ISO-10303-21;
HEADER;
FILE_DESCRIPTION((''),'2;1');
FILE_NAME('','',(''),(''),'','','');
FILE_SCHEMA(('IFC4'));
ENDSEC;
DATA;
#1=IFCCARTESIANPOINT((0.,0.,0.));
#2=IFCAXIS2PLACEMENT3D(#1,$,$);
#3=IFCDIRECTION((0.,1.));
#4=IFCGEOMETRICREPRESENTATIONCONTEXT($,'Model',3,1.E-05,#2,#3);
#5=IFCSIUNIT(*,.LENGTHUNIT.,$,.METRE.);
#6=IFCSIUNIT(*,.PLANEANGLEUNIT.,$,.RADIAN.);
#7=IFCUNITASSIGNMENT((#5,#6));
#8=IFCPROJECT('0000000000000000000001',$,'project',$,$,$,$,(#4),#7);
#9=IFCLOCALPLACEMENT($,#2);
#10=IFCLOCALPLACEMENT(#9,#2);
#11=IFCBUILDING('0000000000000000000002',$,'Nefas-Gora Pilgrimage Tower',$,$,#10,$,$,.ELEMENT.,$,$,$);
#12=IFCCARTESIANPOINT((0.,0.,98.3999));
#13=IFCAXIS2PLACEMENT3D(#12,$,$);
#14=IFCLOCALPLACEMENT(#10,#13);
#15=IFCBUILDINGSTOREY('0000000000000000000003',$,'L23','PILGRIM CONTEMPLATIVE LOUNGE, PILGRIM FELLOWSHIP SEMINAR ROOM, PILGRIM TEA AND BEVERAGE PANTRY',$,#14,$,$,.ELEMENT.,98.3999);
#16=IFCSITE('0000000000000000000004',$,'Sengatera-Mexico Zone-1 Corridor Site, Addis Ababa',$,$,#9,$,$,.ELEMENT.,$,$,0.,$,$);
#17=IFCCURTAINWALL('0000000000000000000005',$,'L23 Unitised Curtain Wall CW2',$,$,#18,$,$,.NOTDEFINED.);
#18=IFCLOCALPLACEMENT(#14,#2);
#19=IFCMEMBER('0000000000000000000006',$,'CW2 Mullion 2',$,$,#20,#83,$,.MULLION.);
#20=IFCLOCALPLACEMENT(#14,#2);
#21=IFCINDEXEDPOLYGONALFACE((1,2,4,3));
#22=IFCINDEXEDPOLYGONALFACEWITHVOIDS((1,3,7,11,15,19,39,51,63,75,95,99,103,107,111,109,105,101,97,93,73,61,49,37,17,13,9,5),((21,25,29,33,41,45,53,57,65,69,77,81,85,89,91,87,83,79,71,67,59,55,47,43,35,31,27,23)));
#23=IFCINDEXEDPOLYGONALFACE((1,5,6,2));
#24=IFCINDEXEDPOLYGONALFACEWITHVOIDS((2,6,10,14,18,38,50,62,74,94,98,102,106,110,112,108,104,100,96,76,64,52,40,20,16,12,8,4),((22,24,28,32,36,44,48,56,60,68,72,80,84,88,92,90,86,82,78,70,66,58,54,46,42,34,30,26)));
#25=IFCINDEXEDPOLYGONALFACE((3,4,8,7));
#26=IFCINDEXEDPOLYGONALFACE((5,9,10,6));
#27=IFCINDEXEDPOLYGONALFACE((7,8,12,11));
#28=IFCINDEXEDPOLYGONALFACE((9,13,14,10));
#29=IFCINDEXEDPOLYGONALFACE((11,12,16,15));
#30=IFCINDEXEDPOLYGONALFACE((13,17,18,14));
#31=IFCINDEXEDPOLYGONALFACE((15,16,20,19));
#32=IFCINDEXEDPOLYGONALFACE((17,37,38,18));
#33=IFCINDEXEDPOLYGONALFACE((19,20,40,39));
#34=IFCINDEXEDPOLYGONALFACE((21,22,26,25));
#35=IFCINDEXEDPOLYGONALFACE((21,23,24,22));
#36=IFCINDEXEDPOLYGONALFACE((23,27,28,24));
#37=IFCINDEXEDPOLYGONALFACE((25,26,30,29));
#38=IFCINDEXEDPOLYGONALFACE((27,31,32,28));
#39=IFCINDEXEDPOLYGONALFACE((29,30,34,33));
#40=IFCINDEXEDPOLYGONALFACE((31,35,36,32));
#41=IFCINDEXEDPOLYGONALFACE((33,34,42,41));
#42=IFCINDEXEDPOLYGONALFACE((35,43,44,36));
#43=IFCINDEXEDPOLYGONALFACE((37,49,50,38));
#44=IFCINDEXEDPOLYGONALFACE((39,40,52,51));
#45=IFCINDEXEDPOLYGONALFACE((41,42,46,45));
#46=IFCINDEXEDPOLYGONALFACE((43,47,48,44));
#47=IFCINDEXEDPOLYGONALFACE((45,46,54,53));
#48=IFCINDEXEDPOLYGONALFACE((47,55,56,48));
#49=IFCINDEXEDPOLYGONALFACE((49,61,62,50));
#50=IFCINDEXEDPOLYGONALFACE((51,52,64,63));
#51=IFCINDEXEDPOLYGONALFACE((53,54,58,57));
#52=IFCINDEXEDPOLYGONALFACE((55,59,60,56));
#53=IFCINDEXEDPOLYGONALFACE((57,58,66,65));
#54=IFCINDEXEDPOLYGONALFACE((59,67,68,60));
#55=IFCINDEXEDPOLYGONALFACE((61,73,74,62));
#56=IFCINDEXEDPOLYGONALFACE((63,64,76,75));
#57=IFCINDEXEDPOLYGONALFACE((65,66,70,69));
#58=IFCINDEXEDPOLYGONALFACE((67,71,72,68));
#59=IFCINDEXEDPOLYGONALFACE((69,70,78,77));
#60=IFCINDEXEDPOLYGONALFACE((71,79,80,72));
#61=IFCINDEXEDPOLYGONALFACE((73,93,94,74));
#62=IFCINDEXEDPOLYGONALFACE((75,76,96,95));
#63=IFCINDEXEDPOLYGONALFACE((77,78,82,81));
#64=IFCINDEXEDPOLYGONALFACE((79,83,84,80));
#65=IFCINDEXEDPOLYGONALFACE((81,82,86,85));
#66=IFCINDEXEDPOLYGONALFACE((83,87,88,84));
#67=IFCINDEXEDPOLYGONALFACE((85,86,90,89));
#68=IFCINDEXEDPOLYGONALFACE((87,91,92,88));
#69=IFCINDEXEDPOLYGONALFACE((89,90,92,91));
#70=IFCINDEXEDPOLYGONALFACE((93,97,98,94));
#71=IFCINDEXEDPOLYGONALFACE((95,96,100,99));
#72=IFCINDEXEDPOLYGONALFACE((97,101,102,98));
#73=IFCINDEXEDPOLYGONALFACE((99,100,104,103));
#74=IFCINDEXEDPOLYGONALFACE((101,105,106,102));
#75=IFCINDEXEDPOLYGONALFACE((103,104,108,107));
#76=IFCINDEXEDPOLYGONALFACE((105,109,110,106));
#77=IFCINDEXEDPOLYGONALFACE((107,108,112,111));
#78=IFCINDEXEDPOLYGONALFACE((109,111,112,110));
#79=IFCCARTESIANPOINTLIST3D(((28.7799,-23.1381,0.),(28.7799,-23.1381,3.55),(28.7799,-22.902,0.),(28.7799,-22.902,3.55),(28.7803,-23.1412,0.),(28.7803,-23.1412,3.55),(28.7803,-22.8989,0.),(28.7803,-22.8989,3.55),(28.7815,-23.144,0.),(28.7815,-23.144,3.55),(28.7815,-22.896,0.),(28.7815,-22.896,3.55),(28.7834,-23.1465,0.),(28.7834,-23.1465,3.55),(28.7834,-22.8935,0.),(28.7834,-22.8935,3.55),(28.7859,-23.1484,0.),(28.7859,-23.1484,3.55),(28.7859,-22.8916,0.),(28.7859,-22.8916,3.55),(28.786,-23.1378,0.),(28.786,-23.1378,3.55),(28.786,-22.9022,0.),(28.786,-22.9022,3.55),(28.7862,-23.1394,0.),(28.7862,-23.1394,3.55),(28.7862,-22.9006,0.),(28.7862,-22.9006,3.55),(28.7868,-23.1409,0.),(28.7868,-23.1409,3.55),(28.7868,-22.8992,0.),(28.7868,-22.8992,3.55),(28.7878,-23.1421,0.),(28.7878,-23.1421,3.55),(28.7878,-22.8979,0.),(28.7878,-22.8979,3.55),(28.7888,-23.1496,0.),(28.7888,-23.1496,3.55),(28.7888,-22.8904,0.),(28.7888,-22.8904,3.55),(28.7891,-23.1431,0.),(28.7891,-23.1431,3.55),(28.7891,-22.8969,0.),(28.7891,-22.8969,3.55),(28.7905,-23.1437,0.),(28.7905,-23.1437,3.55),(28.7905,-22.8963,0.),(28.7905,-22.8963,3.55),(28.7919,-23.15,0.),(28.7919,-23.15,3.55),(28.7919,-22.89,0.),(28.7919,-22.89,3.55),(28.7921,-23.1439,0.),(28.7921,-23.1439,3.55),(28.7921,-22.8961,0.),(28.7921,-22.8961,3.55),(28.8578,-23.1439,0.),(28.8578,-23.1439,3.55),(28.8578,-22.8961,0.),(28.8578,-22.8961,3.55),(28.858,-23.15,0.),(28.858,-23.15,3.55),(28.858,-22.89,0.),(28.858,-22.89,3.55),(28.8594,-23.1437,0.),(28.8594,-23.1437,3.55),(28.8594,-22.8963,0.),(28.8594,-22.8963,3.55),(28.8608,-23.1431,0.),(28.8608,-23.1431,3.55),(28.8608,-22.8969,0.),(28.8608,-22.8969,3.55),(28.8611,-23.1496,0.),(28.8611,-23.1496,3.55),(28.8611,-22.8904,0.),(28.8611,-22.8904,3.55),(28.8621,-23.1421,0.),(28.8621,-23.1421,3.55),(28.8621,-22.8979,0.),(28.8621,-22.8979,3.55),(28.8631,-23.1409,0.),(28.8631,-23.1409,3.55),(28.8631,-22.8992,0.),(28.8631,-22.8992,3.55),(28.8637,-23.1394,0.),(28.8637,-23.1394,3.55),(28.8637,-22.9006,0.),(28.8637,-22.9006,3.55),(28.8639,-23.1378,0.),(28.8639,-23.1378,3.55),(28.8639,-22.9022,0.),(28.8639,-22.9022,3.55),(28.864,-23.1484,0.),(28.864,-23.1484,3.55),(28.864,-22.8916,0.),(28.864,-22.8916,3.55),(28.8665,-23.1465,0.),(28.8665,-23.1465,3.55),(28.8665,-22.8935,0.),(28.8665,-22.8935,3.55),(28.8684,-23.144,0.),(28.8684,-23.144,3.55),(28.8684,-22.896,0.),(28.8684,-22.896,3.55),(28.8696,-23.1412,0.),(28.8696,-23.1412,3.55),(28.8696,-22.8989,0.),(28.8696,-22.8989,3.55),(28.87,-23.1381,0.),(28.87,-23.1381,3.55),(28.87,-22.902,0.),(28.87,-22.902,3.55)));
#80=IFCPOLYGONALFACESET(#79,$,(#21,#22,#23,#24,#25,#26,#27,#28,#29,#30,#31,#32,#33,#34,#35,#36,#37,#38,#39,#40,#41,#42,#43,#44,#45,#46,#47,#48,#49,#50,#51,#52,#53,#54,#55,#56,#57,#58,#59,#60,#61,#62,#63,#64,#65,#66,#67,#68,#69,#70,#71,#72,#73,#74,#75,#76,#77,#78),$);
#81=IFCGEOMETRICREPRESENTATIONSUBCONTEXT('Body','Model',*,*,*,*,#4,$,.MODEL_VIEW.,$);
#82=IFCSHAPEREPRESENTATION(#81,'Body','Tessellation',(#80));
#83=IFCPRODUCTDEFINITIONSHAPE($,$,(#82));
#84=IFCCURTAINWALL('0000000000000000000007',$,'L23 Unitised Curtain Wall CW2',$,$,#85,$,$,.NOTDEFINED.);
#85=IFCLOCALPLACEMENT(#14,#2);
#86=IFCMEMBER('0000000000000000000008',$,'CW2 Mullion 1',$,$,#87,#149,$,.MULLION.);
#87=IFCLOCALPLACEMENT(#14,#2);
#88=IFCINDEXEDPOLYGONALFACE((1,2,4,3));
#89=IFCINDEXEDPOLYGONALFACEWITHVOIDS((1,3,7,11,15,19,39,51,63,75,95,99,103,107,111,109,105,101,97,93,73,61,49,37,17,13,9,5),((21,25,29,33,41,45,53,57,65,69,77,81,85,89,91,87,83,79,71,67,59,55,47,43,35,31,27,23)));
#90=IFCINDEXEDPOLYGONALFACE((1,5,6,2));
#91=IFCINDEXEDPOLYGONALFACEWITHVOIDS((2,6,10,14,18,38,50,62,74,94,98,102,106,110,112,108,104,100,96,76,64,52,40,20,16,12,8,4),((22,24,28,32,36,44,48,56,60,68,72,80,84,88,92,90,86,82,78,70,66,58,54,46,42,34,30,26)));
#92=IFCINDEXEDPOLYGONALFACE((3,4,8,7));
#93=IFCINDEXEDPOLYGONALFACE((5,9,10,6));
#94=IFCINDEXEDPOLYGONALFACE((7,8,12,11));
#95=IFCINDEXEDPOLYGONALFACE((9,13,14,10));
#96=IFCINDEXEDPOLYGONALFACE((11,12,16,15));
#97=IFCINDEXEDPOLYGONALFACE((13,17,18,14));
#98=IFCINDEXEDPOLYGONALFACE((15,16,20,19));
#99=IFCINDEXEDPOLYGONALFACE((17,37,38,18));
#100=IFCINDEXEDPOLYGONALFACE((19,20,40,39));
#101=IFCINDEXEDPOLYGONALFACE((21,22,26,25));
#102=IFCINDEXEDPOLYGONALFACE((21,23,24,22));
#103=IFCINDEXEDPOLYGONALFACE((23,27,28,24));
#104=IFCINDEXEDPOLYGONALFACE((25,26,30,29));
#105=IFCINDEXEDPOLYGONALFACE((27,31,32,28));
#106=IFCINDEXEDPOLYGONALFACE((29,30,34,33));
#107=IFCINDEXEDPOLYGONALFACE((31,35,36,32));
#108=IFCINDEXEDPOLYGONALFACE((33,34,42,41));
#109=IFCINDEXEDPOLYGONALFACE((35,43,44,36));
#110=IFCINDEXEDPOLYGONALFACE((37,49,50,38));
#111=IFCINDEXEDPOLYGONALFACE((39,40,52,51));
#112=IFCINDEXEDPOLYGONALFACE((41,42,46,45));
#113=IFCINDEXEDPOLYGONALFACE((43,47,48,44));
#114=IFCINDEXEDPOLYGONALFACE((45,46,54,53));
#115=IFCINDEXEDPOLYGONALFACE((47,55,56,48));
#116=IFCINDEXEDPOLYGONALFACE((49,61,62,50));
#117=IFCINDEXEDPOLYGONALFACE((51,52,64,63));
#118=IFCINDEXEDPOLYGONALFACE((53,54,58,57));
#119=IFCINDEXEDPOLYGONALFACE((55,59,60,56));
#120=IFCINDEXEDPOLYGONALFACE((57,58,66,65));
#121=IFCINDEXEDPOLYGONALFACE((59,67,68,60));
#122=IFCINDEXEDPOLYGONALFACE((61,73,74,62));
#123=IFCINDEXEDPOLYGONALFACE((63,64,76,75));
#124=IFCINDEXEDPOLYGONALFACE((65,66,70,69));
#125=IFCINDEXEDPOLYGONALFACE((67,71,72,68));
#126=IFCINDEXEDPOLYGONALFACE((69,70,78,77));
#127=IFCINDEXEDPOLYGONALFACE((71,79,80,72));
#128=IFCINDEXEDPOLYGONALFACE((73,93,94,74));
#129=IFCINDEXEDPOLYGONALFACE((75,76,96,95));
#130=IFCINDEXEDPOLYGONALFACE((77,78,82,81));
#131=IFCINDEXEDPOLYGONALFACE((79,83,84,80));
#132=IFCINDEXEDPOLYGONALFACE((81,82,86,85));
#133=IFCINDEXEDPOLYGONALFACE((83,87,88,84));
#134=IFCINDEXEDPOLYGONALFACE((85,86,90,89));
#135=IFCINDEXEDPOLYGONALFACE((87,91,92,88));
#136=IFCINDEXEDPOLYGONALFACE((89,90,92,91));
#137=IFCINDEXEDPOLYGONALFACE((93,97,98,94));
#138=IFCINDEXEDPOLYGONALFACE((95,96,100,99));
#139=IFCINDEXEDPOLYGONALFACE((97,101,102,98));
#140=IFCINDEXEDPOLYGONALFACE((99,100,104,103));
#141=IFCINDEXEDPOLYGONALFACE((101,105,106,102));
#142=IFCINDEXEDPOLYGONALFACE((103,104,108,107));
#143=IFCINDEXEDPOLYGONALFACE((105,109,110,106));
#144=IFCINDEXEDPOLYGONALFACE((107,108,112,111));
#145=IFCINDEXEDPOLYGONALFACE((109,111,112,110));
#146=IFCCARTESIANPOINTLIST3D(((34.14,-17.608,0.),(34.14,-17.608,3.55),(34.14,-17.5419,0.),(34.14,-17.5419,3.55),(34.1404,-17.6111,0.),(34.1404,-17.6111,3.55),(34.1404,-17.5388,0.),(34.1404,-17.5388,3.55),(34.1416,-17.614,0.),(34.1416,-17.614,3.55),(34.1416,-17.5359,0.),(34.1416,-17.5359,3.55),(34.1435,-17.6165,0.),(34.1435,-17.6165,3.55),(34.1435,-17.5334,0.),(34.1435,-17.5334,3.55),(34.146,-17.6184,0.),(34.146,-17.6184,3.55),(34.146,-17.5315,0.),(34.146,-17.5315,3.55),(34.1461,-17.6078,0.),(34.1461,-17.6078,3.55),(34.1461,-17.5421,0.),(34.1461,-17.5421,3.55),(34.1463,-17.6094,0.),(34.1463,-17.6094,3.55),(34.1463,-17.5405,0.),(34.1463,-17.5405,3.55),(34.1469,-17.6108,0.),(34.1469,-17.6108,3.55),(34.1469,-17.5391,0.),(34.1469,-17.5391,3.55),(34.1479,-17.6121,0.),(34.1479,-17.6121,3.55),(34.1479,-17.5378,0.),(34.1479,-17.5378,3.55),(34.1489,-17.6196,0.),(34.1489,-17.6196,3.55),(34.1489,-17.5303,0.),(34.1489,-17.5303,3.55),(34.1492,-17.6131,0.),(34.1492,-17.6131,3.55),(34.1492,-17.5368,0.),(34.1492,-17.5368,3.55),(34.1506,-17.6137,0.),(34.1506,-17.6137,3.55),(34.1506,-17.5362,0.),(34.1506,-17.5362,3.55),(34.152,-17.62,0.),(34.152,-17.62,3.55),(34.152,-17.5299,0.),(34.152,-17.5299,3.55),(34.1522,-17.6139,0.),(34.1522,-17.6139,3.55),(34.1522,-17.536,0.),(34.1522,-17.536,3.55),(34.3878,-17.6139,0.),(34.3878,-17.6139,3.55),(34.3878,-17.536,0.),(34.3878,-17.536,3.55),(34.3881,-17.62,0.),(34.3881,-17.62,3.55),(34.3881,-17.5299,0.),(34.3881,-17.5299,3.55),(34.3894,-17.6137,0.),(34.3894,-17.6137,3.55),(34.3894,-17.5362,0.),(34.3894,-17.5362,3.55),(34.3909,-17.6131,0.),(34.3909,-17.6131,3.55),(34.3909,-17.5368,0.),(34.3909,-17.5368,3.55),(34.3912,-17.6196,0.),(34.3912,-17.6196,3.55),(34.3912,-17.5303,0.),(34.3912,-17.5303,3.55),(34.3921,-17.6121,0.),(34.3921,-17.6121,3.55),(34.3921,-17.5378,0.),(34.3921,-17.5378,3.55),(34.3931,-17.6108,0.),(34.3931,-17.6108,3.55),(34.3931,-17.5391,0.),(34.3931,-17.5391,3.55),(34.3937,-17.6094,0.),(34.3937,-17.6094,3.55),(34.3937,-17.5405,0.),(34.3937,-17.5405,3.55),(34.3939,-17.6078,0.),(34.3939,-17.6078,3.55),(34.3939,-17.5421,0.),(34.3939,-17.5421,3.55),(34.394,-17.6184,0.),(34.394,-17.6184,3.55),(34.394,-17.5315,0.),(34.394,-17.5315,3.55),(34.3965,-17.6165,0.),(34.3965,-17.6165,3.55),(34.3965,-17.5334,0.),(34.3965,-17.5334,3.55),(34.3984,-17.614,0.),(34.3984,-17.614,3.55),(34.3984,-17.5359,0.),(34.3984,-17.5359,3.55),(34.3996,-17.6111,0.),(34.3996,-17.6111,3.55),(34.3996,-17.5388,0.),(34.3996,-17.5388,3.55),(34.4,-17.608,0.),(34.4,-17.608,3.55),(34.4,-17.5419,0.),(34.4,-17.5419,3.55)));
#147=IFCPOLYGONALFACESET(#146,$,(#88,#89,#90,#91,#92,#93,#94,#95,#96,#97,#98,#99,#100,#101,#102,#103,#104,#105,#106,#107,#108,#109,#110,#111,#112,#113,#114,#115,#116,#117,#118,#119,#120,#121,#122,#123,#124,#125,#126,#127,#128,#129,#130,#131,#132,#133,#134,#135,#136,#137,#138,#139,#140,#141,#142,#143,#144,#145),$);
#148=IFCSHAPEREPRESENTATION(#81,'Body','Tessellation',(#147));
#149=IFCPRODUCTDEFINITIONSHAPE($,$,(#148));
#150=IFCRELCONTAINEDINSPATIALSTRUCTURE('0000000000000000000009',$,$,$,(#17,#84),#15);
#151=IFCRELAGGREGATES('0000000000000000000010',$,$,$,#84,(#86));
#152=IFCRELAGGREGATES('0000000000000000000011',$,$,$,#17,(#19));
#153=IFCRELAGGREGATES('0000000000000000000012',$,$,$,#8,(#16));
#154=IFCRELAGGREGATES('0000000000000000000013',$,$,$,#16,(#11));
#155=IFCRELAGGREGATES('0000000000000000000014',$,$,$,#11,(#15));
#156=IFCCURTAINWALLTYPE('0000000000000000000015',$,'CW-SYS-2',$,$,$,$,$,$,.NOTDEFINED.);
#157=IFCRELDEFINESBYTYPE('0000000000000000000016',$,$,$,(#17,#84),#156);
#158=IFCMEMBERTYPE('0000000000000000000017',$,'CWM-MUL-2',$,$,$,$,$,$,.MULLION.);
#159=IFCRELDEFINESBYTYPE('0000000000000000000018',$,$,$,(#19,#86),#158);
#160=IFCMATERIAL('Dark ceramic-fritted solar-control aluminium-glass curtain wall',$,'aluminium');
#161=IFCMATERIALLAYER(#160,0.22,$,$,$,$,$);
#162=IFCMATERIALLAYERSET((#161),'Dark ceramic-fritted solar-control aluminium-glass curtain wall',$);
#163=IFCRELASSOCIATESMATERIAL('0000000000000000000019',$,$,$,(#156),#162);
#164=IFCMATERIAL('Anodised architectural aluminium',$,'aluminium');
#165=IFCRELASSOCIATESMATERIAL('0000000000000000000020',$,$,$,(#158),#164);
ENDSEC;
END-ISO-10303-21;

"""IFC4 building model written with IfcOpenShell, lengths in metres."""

from ifc_helpers import new_model, si_unit, direction, frame, origin, origin_2d, place, context, subcontext, project, spatial, hollow_rectangle, extrude, source, transform, mapped, material, layer, layer_set, material_profile, profile_set, type_object, element, aggregate, save


model = new_model("IFC4")

# Units and contexts
model_context = context("Model", 3, precision=1e-05, world=origin(), true_north=direction((0.0, 1.0)))
body_context = subcontext(model_context, "Body", "Model", "MODEL_VIEW")
ifc_project = project(units=[si_unit("LENGTHUNIT", "METRE"), si_unit("PLANEANGLEUNIT", "RADIAN")], contexts=[model_context])

# Site, building, storey
site_placement = place(None, origin())
site = spatial("IfcSite", under=ifc_project, at=site_placement, Name="Sengatera-Mexico Zone-1 Corridor Site, Addis Ababa", CompositionType="ELEMENT", RefElevation=0.0)
building_placement = place(site_placement, origin())
building = spatial("IfcBuilding", under=site, at=building_placement, Name="Nefas-Gora Pilgrimage Tower", CompositionType="ELEMENT")
storey_placement = place(building_placement, frame((0.0, 0.0, 98.3999)))
storey = spatial("IfcBuildingStorey", under=building, at=storey_placement, Name="L23", Description="PILGRIM CONTEMPLATIVE LOUNGE, PILGRIM FELLOWSHIP SEMINAR ROOM, PILGRIM TEA AND BEVERAGE PANTRY", CompositionType="ELEMENT", Elevation=98.3999)

# Curtain wall, member
ifc_material_1 = material(Name="Dark ceramic-fritted solar-control aluminium-glass curtain wall", Category="aluminium")
ifc_layer_1 = layer(ifc_material_1, 0.22)
ifc_layer_set_1 = layer_set([ifc_layer_1], Name="Dark ceramic-fritted solar-control aluminium-glass curtain wall")
curtain_wall_type = type_object("IfcCurtainWallType", Name="CW-SYS-2", PredefinedType="NOTDEFINED", material=ifc_layer_set_1)
curtain_wall_1_placement = place(storey_placement, origin())
curtain_wall_1 = element("IfcCurtainWall", 1, at=curtain_wall_1_placement, inside=storey, type_object=curtain_wall_type, Name="L23 Unitised Curtain Wall CW2", PredefinedType="NOTDEFINED")
ifc_material_2 = material(Name="Anodised architectural aluminium", Category="aluminium")
ifc_material_profile_1 = material_profile(ifc_material_2, hollow_rectangle(XDim=0.0901, YDim=0.26, WallThickness=0.0061, InnerFilletRadius=0.0061, OuterFilletRadius=0.012, at=origin_2d()), Name="ALU MULLION 90x260")
ifc_profile_set_1 = profile_set([ifc_material_profile_1], Name="Anodised architectural aluminium")
member_type_1 = type_object("IfcMemberType", Name="CWM-MUL-2", PredefinedType="MULLION", material=ifc_profile_set_1)
shared_shape_1 = source(origin(), body_context, "Body", "SweptSolid", [
    extrude(hollow_rectangle(XDim=0.0901, YDim=0.26, WallThickness=0.0061, InnerFilletRadius=0.0061, OuterFilletRadius=0.012, at=origin_2d()), origin(), (0.0, 0.0, 1.0), 3.55),
])
member_1_placement = place(storey_placement, frame((28.825, -23.02, 0.0), z_axis=(0.0, 0.0, 1.0), x_axis=(1.0, 0.0, 0.0)))
member_1 = element("IfcMember", 2, at=member_1_placement, type_object=member_type_1, Name="CW2 Mullion 2", PredefinedType="MULLION", context=body_context, shape_type="MappedRepresentation", body=[
    mapped(shared_shape_1, transform((0.0, 0.0, 0.0), x_axis=(1.0, 0.0, 0.0), y_axis=(0.0, 1.0, 0.0), z_axis=(0.0, 0.0, 1.0), scale=1.0)),
])

# Curtain wall, member
curtain_wall_2_placement = place(storey_placement, origin())
curtain_wall_2 = element("IfcCurtainWall", 3, at=curtain_wall_2_placement, inside=storey, type_object=curtain_wall_type, Name="L23 Unitised Curtain Wall CW2", PredefinedType="NOTDEFINED")
member_2_placement = place(storey_placement, frame((34.27, -17.575, 0.0), z_axis=(0.0, 0.0, 1.0), x_axis=(0.0, 1.0, 0.0)))
member_2 = element("IfcMember", 4, at=member_2_placement, type_object=member_type_1, Name="CW2 Mullion 1", PredefinedType="MULLION", context=body_context, shape_type="MappedRepresentation", body=[
    mapped(shared_shape_1, transform((0.0, 0.0, 0.0), x_axis=(1.0, 0.0, 0.0), y_axis=(0.0, 1.0, 0.0), z_axis=(0.0, 0.0, 1.0), scale=1.0)),
])
aggregate(curtain_wall_2, [member_2])

aggregate(curtain_wall_1, [member_1])

save(model, "model.ifc")
